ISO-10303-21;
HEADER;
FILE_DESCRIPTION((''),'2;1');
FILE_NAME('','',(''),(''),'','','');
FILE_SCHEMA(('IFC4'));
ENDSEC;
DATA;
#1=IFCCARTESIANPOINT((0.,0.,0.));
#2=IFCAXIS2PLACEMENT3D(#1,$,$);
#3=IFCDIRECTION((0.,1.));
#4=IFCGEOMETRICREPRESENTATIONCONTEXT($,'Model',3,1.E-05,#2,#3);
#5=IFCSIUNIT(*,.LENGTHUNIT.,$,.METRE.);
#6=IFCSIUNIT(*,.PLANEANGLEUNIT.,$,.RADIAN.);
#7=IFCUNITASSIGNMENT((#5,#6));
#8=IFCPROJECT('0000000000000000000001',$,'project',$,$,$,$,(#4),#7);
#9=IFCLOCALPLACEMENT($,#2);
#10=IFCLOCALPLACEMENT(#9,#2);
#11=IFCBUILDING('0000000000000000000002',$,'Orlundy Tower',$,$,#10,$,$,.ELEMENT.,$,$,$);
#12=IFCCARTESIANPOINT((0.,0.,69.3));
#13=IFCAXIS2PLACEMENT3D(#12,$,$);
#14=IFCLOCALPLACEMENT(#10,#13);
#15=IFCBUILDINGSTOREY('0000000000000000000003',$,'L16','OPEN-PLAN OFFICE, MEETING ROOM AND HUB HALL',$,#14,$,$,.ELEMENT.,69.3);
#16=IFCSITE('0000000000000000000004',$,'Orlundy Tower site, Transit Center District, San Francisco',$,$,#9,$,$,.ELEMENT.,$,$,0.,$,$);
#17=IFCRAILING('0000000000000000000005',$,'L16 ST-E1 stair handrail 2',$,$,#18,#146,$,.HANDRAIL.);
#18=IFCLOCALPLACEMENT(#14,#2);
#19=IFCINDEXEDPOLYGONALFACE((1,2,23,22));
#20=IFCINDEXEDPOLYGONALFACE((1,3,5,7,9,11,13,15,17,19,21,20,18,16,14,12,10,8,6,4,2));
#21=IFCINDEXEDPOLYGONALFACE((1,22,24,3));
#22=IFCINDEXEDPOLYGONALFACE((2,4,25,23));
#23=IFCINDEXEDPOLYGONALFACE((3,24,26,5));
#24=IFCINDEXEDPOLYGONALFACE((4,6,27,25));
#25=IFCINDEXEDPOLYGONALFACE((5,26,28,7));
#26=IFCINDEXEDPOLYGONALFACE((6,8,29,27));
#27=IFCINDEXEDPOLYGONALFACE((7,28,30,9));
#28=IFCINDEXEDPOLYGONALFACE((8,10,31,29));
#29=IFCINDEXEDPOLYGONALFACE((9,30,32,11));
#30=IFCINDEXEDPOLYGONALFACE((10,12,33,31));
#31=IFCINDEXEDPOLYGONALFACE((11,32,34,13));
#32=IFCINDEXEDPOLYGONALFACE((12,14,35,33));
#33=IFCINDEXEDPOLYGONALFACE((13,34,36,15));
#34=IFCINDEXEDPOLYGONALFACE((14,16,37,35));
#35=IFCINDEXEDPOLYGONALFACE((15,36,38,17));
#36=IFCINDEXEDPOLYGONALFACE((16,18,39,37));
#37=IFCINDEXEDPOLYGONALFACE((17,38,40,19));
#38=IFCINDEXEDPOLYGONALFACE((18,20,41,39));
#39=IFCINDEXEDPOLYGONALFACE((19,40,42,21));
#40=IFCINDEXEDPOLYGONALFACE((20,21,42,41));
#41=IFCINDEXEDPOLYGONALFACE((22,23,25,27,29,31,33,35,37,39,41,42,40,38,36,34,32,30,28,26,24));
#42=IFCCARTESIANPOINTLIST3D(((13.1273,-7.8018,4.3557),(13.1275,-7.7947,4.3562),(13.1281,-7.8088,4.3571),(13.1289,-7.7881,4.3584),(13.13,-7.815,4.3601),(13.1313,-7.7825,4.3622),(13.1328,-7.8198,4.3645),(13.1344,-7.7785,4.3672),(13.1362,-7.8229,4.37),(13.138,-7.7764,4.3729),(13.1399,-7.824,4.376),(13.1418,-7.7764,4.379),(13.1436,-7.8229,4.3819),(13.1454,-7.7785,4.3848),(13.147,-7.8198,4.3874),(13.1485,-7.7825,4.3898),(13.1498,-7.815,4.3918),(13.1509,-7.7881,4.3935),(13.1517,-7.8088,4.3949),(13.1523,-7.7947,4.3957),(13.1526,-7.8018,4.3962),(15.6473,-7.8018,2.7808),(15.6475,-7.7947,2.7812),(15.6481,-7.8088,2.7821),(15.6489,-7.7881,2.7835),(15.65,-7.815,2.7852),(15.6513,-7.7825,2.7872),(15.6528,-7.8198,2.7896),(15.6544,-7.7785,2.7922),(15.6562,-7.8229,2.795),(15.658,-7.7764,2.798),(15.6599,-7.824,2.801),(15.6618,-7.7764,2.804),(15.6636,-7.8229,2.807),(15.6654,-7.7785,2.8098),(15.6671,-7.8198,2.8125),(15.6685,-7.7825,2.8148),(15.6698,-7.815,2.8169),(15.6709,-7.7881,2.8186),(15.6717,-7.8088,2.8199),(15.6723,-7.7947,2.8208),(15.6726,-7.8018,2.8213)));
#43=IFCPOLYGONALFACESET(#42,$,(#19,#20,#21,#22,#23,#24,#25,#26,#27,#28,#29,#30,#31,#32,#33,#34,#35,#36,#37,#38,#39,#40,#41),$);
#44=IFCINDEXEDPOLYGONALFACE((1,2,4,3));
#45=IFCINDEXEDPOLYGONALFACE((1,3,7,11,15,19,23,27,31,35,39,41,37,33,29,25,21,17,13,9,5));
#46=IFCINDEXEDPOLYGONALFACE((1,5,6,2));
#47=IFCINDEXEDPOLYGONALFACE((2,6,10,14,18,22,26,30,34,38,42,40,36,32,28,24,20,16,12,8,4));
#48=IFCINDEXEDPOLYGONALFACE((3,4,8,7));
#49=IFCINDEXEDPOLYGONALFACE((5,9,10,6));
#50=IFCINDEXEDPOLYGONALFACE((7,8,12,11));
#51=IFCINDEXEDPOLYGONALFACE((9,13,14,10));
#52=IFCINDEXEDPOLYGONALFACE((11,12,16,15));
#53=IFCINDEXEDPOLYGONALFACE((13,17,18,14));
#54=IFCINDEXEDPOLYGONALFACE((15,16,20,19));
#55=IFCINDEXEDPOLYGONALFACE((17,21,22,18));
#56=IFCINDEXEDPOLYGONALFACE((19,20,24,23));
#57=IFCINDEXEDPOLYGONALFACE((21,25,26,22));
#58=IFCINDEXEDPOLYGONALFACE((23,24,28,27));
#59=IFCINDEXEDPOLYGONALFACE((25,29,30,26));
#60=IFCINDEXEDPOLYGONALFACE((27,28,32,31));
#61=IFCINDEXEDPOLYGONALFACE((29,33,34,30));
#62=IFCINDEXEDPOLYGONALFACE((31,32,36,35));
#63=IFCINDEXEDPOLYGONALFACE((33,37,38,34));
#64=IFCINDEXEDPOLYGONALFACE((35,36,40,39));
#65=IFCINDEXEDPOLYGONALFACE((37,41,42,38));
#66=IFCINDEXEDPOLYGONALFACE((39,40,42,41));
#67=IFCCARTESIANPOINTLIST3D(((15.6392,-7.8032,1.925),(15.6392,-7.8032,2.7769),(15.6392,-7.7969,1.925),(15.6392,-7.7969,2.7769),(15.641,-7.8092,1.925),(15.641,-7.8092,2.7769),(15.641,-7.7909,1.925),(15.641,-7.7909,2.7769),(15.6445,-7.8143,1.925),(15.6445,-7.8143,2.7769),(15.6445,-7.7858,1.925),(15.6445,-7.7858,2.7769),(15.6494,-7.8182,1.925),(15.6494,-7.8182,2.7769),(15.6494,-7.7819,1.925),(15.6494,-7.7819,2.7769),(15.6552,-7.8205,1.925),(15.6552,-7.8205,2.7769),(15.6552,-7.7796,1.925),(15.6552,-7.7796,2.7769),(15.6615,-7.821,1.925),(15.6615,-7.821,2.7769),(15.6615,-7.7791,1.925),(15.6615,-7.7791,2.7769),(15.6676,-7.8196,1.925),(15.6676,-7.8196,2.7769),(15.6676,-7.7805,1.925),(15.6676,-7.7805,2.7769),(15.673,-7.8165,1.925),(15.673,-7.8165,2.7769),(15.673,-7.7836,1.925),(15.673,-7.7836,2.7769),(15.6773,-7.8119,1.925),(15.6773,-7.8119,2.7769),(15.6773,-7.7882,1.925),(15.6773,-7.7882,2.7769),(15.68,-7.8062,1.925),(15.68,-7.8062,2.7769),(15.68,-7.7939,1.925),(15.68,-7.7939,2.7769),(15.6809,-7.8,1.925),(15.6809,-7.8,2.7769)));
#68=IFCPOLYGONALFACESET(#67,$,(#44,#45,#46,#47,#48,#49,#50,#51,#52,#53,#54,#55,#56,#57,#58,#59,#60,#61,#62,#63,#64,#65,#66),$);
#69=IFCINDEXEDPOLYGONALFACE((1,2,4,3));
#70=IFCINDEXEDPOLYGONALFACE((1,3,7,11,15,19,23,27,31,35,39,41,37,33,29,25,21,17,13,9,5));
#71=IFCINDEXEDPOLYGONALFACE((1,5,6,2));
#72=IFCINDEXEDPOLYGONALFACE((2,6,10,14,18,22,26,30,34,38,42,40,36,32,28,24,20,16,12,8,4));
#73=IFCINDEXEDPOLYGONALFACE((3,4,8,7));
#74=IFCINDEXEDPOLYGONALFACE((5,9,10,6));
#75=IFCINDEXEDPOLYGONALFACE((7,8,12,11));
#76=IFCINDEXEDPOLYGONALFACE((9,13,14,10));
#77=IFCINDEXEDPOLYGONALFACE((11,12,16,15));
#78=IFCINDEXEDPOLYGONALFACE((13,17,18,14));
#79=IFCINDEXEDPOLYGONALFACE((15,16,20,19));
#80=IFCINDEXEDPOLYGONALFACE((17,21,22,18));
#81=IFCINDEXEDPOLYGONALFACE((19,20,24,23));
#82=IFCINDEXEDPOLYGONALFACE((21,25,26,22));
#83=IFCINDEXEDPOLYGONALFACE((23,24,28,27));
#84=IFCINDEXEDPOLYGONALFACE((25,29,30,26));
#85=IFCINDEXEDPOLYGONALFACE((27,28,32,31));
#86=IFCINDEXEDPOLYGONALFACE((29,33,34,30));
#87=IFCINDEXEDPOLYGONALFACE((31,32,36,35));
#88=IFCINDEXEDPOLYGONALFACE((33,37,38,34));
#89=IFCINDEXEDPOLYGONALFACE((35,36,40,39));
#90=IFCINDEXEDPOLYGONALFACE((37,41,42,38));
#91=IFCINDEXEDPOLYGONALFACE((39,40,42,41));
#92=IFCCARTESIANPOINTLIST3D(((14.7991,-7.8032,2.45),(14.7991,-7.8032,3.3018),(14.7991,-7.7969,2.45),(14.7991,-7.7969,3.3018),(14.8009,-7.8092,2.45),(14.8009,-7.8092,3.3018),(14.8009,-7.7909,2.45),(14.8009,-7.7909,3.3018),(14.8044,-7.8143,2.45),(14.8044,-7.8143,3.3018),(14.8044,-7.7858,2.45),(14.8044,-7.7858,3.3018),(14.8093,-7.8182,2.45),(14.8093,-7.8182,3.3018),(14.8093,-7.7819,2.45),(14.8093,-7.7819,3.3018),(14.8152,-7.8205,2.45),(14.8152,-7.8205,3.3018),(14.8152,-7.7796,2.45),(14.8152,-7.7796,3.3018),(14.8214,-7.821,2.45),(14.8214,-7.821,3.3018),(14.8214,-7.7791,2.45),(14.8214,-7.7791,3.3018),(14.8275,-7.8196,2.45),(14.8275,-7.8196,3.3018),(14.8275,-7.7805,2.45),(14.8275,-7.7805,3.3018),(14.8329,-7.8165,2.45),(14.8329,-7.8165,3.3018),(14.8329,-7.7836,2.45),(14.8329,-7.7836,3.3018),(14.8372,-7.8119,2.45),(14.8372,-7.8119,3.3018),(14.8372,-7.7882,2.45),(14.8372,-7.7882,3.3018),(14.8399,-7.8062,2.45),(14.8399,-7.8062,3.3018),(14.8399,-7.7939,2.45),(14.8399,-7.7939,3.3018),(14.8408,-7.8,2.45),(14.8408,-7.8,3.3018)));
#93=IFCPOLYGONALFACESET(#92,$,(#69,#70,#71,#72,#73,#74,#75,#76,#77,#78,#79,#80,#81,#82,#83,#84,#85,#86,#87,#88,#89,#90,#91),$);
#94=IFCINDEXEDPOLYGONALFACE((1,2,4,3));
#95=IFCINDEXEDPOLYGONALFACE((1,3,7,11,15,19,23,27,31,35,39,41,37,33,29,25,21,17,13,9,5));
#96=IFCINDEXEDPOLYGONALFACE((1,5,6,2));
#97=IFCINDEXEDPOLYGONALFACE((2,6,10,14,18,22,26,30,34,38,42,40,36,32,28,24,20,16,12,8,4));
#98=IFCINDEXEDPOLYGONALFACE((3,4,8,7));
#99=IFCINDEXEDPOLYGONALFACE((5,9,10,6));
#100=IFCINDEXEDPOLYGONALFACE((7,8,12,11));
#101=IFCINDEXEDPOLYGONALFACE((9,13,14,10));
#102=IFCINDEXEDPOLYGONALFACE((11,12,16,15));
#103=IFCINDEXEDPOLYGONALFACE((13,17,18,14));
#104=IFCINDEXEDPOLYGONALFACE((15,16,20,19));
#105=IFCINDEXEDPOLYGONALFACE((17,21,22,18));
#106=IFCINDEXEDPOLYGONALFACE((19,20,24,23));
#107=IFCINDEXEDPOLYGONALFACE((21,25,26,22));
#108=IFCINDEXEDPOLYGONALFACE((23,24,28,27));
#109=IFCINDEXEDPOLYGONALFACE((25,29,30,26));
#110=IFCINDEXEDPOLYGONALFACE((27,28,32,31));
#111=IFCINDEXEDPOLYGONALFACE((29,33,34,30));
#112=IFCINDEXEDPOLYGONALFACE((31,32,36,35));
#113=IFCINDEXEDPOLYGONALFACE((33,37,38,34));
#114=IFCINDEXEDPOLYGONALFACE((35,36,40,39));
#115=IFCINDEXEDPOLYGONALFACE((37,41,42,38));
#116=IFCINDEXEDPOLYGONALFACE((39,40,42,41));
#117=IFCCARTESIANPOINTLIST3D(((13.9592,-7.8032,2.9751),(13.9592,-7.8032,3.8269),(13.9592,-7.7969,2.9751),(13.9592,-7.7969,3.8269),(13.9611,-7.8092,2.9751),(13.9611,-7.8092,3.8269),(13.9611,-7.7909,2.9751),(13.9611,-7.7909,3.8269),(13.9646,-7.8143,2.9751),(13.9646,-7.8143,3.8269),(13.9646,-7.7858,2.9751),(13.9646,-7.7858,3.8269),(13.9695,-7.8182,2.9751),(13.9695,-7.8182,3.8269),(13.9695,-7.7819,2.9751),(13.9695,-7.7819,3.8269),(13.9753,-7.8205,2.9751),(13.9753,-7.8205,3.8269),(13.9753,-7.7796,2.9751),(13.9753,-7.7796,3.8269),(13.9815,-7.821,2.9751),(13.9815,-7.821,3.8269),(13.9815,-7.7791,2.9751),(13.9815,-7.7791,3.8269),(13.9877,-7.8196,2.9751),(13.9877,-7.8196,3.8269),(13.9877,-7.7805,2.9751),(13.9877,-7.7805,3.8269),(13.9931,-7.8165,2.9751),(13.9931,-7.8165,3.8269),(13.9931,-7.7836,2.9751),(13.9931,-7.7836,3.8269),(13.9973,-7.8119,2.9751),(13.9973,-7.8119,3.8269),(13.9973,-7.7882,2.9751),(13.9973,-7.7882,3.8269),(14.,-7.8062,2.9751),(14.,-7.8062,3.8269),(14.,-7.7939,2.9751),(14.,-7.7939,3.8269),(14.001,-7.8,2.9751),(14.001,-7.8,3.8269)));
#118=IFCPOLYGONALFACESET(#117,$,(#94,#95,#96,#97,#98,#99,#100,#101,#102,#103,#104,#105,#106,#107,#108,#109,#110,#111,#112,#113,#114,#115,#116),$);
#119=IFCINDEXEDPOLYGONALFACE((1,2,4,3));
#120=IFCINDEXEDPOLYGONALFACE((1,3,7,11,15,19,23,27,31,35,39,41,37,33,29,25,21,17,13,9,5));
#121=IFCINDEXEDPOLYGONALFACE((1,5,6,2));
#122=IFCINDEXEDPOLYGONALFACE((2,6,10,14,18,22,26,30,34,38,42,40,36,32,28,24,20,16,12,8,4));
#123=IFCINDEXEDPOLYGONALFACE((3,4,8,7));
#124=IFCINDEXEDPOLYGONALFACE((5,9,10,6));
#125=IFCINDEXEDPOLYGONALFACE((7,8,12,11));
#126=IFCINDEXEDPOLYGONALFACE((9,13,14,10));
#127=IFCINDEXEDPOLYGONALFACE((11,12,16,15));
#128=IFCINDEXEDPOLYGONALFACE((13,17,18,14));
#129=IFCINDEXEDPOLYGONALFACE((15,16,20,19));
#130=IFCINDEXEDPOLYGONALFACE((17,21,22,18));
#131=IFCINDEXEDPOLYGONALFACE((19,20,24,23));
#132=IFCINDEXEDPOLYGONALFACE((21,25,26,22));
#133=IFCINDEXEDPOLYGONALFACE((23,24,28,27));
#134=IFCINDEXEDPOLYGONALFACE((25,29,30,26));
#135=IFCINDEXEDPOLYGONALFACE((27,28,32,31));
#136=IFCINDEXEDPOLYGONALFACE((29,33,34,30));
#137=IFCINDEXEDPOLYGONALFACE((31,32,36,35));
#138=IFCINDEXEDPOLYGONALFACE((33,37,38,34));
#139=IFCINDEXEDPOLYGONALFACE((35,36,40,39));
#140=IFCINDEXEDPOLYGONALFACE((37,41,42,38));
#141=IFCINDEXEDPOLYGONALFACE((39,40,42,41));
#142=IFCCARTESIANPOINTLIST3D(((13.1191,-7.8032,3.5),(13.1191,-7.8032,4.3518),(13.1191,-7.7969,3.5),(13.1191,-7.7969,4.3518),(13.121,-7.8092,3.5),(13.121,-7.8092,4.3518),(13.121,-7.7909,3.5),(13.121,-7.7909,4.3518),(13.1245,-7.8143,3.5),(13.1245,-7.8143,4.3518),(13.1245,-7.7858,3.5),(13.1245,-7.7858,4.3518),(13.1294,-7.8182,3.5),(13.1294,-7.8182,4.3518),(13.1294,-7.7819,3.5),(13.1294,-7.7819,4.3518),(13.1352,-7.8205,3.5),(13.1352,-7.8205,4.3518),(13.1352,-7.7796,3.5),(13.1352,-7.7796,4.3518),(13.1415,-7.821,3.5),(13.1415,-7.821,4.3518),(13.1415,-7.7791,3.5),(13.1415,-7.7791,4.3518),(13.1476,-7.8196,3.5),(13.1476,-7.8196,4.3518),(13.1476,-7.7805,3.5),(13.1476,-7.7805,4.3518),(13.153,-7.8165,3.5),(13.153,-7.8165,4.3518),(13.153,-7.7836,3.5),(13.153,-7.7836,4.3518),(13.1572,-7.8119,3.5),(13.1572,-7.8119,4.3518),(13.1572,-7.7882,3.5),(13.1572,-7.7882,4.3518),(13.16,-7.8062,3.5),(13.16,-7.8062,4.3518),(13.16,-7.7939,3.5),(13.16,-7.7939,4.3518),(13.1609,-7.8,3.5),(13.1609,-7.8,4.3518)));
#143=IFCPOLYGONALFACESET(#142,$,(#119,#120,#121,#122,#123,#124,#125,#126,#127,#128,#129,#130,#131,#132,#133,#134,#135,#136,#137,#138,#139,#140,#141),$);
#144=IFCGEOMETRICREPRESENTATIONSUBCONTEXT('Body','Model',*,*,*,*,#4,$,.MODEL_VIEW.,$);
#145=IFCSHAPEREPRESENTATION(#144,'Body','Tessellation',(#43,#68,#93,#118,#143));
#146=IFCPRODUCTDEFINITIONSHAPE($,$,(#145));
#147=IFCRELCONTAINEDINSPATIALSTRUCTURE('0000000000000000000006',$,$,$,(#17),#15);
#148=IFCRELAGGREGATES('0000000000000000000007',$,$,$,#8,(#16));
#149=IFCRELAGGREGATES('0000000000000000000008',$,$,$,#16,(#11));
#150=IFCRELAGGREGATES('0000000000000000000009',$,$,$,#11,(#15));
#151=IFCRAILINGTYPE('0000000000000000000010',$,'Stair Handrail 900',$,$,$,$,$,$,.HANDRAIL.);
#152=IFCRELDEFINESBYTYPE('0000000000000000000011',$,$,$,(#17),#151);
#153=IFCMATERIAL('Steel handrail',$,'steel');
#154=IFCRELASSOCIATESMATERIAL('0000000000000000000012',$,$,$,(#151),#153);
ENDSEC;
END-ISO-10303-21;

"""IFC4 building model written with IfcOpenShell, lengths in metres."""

from ifc_helpers import new_model, si_unit, direction, frame, origin, origin_2d, place, context, subcontext, project, spatial, circle, extrude, material, type_object, element, save


model = new_model("IFC4")

# Units and contexts
model_context = context("Model", 3, precision=1e-05, world=origin(), true_north=direction((0.0, 1.0)))
body_context = subcontext(model_context, "Body", "Model", "MODEL_VIEW")
ifc_project = project(units=[si_unit("LENGTHUNIT", "METRE"), si_unit("PLANEANGLEUNIT", "RADIAN")], contexts=[model_context])

# Site, building, storey
site_placement = place(None, origin())
site = spatial("IfcSite", under=ifc_project, at=site_placement, Name="Orlundy Tower site, Transit Center District, San Francisco", CompositionType="ELEMENT", RefElevation=0.0)
building_placement = place(site_placement, origin())
building = spatial("IfcBuilding", under=site, at=building_placement, Name="Orlundy Tower", CompositionType="ELEMENT")
storey_placement = place(building_placement, frame((0.0, 0.0, 69.3)))
storey = spatial("IfcBuildingStorey", under=building, at=storey_placement, Name="L16", Description="OPEN-PLAN OFFICE, MEETING ROOM AND HUB HALL", CompositionType="ELEMENT", Elevation=69.3)

# Railing
ifc_material_1 = material(Name="Steel handrail", Category="steel")
railing_type_1 = type_object("IfcRailingType", Name="Stair Handrail 900", PredefinedType="HANDRAIL", material=ifc_material_1)
railing_1_placement = place(storey_placement, frame((15.6599, -7.8, 1.925)))
element("IfcRailing", 1, at=railing_1_placement, inside=storey, type_object=railing_type_1, Name="L16 ST-E1 stair handrail 2", PredefinedType="HANDRAIL", context=body_context, shape_type="SweptSolid", body=[
    extrude(circle(Radius=0.0239, at=origin_2d()), frame((0.0, 0.0, 0.876), z_axis=(-0.848008, 0.0, 0.529984), x_axis=(0.0, -1.0, 0.0)), (0.0, 0.0, 1.0), 2.9717),
    extrude(circle(Radius=0.021, at=origin_2d()), origin(), (0.0, 0.0, 1.0), 0.8518),
    extrude(circle(Radius=0.021, at=origin_2d()), frame((-0.8401, 0.0, 0.5249)), (0.0, 0.0, 1.0), 0.8518),
    extrude(circle(Radius=0.021, at=origin_2d()), frame((-1.6799, 0.0, 1.05)), (0.0, 0.0, 1.0), 0.8518),
    extrude(circle(Radius=0.021, at=origin_2d()), frame((-2.52, 0.0, 1.575)), (0.0, 0.0, 1.0), 0.8518),
])

save(model, "model.ifc")
